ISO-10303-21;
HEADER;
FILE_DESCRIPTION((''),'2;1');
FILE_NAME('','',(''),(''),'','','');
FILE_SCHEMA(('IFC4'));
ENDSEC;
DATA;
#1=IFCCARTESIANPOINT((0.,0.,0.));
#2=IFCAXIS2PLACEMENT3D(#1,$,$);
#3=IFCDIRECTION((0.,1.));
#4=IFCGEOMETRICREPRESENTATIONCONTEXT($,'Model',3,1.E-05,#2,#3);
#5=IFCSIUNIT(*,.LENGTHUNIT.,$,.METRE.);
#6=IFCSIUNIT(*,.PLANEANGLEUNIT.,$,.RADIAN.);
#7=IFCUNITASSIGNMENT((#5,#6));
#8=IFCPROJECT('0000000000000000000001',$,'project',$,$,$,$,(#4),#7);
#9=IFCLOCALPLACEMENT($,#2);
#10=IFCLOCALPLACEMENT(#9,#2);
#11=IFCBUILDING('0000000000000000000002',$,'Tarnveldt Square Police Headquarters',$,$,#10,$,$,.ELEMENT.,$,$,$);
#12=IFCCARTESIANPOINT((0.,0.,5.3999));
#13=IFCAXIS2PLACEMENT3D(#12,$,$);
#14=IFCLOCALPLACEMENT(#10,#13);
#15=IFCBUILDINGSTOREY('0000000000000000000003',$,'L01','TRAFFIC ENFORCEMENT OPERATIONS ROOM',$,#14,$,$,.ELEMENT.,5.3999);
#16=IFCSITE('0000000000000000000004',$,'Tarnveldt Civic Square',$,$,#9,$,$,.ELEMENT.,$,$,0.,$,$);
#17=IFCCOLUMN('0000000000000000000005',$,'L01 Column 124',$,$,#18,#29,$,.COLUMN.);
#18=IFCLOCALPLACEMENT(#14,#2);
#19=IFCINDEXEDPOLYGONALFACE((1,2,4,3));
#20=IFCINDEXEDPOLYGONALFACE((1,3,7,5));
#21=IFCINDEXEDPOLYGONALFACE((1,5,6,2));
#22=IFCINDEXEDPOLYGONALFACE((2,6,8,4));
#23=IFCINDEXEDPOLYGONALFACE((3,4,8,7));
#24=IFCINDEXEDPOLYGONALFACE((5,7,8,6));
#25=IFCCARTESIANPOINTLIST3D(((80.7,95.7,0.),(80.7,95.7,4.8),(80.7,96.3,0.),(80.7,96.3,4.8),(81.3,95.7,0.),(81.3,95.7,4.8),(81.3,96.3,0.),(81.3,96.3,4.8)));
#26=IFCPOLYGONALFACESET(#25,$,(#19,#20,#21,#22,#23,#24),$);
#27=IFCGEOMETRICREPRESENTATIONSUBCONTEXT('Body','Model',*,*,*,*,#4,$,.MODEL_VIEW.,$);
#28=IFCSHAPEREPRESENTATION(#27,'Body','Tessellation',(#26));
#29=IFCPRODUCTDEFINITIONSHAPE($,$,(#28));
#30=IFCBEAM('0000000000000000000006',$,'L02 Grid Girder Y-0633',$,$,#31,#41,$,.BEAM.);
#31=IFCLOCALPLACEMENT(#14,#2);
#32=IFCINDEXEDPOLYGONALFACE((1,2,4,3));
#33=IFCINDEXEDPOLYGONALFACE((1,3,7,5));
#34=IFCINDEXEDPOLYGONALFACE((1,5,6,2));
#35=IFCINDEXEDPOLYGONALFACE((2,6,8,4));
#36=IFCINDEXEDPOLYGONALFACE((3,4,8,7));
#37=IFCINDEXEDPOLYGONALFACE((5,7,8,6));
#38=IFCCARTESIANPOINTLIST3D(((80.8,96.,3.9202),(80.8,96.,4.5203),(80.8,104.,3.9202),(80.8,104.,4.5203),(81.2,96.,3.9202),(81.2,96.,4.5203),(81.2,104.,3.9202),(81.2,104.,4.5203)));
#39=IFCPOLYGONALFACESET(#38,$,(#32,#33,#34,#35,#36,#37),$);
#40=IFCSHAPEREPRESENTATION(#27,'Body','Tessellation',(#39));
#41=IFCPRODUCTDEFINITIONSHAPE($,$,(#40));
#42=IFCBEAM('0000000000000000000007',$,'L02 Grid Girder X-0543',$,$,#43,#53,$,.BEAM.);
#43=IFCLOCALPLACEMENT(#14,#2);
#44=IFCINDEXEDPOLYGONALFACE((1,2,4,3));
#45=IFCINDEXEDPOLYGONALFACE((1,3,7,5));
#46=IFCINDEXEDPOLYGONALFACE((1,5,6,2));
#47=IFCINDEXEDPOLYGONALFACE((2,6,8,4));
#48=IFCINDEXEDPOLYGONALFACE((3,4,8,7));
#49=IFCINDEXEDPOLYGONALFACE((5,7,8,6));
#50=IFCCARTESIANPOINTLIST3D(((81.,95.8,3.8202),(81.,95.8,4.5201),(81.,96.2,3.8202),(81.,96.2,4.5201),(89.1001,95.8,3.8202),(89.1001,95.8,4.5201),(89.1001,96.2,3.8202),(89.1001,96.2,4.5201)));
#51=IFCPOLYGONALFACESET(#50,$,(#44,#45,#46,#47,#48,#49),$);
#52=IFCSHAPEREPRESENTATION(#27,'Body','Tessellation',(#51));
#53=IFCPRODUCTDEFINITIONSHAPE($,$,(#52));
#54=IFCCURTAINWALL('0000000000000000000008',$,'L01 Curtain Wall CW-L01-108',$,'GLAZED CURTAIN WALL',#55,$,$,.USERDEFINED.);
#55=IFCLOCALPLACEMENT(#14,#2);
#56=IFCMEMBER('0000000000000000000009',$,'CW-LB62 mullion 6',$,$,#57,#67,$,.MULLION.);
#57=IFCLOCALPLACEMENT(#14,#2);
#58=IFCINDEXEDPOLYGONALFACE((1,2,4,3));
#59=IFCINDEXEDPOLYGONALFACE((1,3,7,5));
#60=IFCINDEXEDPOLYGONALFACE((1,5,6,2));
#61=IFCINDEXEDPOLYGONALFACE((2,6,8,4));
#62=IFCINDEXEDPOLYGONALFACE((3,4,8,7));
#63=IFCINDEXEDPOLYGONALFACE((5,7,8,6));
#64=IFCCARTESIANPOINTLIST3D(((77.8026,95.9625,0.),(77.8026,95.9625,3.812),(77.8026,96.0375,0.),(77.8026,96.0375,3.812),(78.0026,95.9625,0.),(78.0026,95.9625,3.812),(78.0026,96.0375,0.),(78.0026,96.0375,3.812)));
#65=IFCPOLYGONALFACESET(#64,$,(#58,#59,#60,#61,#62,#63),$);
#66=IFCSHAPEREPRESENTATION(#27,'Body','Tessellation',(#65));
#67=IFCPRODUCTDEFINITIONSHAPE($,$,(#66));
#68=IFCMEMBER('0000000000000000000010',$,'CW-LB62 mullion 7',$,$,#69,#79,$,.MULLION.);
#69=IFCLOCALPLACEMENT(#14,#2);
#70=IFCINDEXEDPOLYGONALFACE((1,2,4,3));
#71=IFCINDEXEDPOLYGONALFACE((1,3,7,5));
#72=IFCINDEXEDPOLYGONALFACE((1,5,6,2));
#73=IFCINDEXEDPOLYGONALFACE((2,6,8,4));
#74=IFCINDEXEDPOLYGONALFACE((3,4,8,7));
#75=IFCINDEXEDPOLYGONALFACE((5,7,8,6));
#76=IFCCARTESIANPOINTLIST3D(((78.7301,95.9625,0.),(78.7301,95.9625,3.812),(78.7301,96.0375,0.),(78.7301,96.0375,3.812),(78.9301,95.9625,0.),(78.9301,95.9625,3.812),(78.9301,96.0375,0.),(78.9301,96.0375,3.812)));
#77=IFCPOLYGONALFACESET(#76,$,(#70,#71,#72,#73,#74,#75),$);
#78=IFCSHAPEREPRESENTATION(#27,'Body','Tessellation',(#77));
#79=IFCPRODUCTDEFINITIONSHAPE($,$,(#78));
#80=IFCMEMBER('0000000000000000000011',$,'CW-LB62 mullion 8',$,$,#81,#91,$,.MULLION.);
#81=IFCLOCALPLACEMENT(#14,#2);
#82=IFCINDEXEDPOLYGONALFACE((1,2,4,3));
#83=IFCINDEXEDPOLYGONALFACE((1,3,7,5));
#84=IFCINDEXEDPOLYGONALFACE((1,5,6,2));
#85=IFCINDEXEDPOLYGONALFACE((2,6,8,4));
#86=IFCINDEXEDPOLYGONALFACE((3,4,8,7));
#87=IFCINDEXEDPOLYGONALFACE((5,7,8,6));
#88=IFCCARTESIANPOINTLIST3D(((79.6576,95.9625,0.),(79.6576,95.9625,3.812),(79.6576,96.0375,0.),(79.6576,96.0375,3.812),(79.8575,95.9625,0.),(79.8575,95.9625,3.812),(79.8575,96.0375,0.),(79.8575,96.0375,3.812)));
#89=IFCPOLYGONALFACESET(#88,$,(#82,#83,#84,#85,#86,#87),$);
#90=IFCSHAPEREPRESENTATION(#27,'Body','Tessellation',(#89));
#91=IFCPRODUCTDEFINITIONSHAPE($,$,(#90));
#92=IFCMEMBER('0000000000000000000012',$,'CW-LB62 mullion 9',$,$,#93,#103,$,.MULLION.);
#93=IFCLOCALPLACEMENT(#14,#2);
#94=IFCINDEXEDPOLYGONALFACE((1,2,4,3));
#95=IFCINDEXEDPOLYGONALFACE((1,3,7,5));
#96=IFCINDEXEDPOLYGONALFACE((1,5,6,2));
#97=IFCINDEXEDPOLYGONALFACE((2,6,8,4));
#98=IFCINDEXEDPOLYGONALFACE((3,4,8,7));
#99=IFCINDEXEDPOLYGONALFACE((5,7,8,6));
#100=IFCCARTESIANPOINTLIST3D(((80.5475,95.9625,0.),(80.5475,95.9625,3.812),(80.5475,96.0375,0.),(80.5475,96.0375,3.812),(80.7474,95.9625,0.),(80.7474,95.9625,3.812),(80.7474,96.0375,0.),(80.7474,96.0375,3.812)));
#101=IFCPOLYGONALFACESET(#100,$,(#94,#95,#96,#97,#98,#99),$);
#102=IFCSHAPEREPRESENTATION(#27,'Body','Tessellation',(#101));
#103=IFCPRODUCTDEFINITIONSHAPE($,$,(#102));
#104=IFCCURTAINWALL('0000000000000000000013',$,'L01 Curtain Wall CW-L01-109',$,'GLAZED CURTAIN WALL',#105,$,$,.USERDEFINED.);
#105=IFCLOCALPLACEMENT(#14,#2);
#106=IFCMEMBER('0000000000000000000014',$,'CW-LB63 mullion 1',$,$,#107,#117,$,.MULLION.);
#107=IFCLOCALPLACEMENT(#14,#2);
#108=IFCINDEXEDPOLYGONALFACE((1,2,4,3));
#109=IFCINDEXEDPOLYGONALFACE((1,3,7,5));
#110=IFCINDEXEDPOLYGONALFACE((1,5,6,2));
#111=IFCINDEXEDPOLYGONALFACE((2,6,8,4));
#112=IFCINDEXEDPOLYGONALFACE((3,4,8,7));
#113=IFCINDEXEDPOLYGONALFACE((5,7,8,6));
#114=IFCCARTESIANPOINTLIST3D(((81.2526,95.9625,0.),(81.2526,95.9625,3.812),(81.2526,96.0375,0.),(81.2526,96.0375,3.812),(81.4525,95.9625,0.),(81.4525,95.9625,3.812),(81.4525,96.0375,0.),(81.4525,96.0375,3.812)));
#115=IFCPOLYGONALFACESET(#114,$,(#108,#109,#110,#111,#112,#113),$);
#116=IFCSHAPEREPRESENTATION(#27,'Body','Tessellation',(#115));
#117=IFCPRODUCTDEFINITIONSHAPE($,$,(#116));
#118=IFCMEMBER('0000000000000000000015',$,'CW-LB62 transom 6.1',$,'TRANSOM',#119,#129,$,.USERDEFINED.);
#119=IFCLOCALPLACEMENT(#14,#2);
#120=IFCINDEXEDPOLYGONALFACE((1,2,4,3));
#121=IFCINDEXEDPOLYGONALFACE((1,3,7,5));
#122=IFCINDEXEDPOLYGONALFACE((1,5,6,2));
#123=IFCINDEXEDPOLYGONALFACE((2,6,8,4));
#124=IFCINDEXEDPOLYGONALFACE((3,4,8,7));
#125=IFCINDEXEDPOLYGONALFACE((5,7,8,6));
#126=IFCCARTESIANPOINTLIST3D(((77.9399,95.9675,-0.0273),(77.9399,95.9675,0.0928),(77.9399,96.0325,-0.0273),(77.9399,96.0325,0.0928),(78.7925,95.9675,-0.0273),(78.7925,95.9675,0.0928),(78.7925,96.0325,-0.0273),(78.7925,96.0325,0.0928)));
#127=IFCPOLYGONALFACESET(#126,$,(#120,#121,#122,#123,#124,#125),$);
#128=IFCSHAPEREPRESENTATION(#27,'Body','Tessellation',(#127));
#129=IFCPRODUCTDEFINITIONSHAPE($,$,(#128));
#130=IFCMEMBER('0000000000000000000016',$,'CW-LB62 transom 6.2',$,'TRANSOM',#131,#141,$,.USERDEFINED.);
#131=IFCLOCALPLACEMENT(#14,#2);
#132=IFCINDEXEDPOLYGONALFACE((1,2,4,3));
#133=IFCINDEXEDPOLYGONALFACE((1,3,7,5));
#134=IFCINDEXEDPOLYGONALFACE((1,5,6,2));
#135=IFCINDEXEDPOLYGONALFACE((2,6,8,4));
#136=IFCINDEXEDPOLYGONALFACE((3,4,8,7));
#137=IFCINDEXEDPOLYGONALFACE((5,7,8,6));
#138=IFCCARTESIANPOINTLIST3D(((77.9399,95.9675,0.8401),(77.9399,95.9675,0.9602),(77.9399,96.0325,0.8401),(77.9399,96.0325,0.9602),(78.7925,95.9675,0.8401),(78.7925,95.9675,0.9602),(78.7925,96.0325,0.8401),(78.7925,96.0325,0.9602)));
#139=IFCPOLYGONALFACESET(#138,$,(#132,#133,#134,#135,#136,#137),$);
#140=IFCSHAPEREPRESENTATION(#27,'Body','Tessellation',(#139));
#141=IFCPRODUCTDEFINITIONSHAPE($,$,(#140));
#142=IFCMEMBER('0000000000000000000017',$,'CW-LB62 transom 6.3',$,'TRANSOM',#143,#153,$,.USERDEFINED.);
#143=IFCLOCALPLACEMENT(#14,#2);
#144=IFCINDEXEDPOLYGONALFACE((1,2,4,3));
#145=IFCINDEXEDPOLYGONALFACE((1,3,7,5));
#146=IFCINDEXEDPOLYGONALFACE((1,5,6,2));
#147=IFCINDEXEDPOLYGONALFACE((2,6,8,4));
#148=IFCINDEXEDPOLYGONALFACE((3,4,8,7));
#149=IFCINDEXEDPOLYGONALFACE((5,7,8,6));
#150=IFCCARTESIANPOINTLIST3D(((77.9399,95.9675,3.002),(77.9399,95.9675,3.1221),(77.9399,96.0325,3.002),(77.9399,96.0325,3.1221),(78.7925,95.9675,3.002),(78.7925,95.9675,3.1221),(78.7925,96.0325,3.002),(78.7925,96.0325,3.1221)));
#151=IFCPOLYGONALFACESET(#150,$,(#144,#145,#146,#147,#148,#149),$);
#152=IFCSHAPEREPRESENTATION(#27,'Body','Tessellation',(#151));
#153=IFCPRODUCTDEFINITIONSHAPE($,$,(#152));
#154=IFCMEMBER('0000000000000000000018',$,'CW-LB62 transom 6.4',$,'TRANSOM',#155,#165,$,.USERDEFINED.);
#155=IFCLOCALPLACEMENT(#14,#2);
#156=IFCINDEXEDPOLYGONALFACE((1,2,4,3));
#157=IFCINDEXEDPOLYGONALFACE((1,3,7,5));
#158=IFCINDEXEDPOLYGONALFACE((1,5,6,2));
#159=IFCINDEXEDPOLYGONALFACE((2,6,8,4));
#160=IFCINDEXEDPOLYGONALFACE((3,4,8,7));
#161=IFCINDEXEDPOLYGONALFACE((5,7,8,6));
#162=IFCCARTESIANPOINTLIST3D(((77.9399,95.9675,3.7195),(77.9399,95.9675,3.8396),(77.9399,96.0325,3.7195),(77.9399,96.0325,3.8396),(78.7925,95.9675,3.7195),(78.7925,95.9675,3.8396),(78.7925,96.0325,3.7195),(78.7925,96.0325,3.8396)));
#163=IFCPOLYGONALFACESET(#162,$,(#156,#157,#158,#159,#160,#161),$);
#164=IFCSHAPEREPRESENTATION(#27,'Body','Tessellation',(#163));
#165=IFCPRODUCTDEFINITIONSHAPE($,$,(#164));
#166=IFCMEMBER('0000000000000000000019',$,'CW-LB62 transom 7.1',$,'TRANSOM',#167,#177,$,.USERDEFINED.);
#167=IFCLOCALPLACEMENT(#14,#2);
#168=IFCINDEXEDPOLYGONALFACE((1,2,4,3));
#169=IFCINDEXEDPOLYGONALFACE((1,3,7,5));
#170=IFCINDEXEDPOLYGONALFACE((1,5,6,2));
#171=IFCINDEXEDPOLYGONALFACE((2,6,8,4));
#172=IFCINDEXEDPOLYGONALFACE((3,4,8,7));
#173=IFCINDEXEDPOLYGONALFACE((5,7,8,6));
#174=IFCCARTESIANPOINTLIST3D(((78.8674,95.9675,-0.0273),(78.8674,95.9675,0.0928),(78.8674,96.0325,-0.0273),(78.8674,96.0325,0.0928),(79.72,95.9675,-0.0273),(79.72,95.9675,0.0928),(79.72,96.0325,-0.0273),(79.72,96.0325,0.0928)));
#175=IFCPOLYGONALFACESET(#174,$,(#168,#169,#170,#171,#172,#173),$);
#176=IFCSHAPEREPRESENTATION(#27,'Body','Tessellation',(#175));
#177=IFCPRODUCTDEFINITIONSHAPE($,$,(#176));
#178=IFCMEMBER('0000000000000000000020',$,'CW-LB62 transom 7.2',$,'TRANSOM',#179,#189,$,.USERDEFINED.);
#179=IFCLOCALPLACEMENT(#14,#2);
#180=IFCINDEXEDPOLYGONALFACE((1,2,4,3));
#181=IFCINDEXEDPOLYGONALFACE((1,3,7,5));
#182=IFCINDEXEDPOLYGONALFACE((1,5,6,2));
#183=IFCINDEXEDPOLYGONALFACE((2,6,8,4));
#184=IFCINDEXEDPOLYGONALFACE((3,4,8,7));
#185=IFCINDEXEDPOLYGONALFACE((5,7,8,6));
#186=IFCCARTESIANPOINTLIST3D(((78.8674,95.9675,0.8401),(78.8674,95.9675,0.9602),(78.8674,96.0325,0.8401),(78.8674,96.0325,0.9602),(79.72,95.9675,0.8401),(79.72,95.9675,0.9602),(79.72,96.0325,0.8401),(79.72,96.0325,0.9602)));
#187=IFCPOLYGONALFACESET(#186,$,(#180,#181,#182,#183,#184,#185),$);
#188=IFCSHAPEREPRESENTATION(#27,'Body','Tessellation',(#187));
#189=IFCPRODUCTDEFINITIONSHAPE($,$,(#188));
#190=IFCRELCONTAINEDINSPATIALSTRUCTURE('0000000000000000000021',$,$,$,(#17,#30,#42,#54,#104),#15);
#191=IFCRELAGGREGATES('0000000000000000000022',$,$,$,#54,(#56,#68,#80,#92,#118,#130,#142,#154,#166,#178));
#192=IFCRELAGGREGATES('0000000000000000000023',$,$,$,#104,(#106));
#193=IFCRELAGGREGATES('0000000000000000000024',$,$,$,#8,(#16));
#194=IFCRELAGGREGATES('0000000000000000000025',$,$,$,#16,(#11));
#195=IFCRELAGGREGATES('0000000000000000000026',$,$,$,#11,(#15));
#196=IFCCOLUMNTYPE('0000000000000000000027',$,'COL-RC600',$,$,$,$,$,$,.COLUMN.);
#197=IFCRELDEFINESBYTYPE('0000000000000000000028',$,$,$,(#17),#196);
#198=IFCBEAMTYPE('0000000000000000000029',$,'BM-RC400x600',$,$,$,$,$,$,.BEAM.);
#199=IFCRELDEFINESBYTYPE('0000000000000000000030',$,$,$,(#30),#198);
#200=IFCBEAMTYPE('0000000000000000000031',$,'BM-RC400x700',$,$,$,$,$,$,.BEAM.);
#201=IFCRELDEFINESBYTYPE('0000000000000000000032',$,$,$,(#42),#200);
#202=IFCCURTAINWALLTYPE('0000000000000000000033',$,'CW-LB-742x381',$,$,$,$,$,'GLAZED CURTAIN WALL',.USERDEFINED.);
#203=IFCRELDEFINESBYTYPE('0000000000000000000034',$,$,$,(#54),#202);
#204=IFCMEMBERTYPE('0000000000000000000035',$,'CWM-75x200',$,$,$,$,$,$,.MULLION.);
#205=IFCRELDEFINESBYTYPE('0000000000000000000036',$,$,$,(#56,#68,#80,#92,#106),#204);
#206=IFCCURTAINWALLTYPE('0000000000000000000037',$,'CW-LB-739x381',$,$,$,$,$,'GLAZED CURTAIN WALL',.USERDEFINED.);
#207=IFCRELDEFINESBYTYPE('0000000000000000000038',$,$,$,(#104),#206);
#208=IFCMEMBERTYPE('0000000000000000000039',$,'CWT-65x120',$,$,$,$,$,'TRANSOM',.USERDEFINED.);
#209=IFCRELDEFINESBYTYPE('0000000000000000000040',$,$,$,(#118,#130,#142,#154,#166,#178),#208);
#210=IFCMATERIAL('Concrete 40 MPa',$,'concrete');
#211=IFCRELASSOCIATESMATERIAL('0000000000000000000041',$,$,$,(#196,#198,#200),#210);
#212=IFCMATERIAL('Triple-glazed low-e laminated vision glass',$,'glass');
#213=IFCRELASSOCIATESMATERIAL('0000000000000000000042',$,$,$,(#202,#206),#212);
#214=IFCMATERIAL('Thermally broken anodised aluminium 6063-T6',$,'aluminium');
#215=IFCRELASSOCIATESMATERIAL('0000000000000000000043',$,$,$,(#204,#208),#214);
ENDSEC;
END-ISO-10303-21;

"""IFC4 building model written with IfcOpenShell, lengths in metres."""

from ifc_helpers import new_model, si_unit, direction, frame, origin, origin_2d, place, context, subcontext, project, spatial, rectangle, extrude, material, material_profile, profile_set, type_object, element, aggregate, save


model = new_model("IFC4")

# Units and contexts
model_context = context("Model", 3, precision=1e-05, world=origin(), true_north=direction((0.0, 1.0)))
body_context = subcontext(model_context, "Body", "Model", "MODEL_VIEW")
ifc_project = project(units=[si_unit("LENGTHUNIT", "METRE"), si_unit("PLANEANGLEUNIT", "RADIAN")], contexts=[model_context])

# Site, building, storey
site_placement = place(None, origin())
site = spatial("IfcSite", under=ifc_project, at=site_placement, Name="Tarnveldt Civic Square", CompositionType="ELEMENT", RefElevation=0.0)
building_placement = place(site_placement, origin())
building = spatial("IfcBuilding", under=site, at=building_placement, Name="Tarnveldt Square Police Headquarters", CompositionType="ELEMENT")
storey_placement = place(building_placement, frame((0.0, 0.0, 5.3999)))
storey = spatial("IfcBuildingStorey", under=building, at=storey_placement, Name="L01", Description="TRAFFIC ENFORCEMENT OPERATIONS ROOM", CompositionType="ELEMENT", Elevation=5.3999)

# Column
ifc_material_1 = material(Name="Concrete 40 MPa", Category="concrete")
ifc_material_profile_1 = material_profile(ifc_material_1, rectangle(XDim=0.6001, YDim=0.6001, at=origin_2d()), Name="RC-C600x600")
ifc_profile_set_1 = profile_set([ifc_material_profile_1], Name="Concrete 40 MPa")
column_type = type_object("IfcColumnType", Name="COL-RC600", PredefinedType="COLUMN", material=ifc_profile_set_1)
column_placement = place(storey_placement, frame((81.0, 96.0, 0.0), z_axis=(0.0, 0.0, 1.0), x_axis=(1.0, 0.0, 0.0)))
element("IfcColumn", 1, at=column_placement, inside=storey, type_object=column_type, Name="L01 Column 124", PredefinedType="COLUMN", context=body_context, shape_type="SweptSolid", body=[
    extrude(rectangle(XDim=0.6001, YDim=0.6001, at=origin_2d()), origin(), (0.0, 0.0, 1.0), 4.8),
])

# Beams
ifc_material_profile_2 = material_profile(ifc_material_1, rectangle(XDim=0.3999, YDim=0.6001, at=origin_2d()), Name="RC-B400x600")
ifc_profile_set_2 = profile_set([ifc_material_profile_2], Name="Concrete 40 MPa")
beam_type_1 = type_object("IfcBeamType", Name="BM-RC400x600", PredefinedType="BEAM", material=ifc_profile_set_2)
beam_1_placement = place(storey_placement, frame((81.0, 96.0, 4.2202), z_axis=(0.0, 1.0, 0.0), x_axis=(-1.0, 0.0, 0.0)))
element("IfcBeam", 2, at=beam_1_placement, inside=storey, type_object=beam_type_1, Name="L02 Grid Girder Y-0633", PredefinedType="BEAM", context=body_context, shape_type="SweptSolid", body=[
    extrude(rectangle(XDim=0.3999, YDim=0.6001, at=origin_2d()), origin(), (0.0, 0.0, 1.0), 8.0),
])
ifc_material_profile_3 = material_profile(ifc_material_1, rectangle(XDim=0.3999, YDim=0.7, at=origin_2d()), Name="RC-B400x700")
ifc_profile_set_3 = profile_set([ifc_material_profile_3], Name="Concrete 40 MPa")
beam_type_2 = type_object("IfcBeamType", Name="BM-RC400x700", PredefinedType="BEAM", material=ifc_profile_set_3)
beam_2_placement = place(storey_placement, frame((81.0, 96.0, 4.1702), z_axis=(1.0, 0.0, 0.0), x_axis=(0.0, 1.0, 0.0)))
element("IfcBeam", 3, at=beam_2_placement, inside=storey, type_object=beam_type_2, Name="L02 Grid Girder X-0543", PredefinedType="BEAM", context=body_context, shape_type="SweptSolid", body=[
    extrude(rectangle(XDim=0.3999, YDim=0.7, at=origin_2d()), origin(), (0.0, 0.0, 1.0), 8.1001),
])

# Curtain wall, members
ifc_material_2 = material(Name="Triple-glazed low-e laminated vision glass", Category="glass")
curtain_wall_type_1 = type_object("IfcCurtainWallType", Name="CW-LB-742x381", ElementType="GLAZED CURTAIN WALL", PredefinedType="USERDEFINED", material=ifc_material_2)
curtain_wall_1_placement = place(storey_placement, origin())
curtain_wall_1 = element("IfcCurtainWall", 4, at=curtain_wall_1_placement, inside=storey, type_object=curtain_wall_type_1, Name="L01 Curtain Wall CW-L01-108", ObjectType="GLAZED CURTAIN WALL", PredefinedType="USERDEFINED")
ifc_material_3 = material(Name="Thermally broken anodised aluminium 6063-T6", Category="aluminium")
ifc_material_profile_4 = material_profile(ifc_material_3, rectangle(XDim=0.075, YDim=0.2, at=origin_2d()), Name="CW-M75x200")
ifc_profile_set_4 = profile_set([ifc_material_profile_4], Name="Thermally broken anodised aluminium 6063-T6")
member_type_1 = type_object("IfcMemberType", Name="CWM-75x200", PredefinedType="MULLION", material=ifc_profile_set_4)
member_1_placement = place(storey_placement, frame((77.9026, 96.0, 0.0), z_axis=(0.0, 0.0, 1.0), x_axis=(0.0, 1.0, 0.0)))
member_1 = element("IfcMember", 5, at=member_1_placement, type_object=member_type_1, Name="CW-LB62 mullion 6", PredefinedType="MULLION", context=body_context, shape_type="SweptSolid", body=[
    extrude(rectangle(XDim=0.075, YDim=0.2, at=origin_2d()), origin(), (0.0, 0.0, 1.0), 3.812),
])
member_2_placement = place(storey_placement, frame((78.8301, 96.0, 0.0), z_axis=(0.0, 0.0, 1.0), x_axis=(0.0, 1.0, 0.0)))
member_2 = element("IfcMember", 6, at=member_2_placement, type_object=member_type_1, Name="CW-LB62 mullion 7", PredefinedType="MULLION", context=body_context, shape_type="SweptSolid", body=[
    extrude(rectangle(XDim=0.075, YDim=0.2, at=origin_2d()), origin(), (0.0, 0.0, 1.0), 3.812),
])
member_3_placement = place(storey_placement, frame((79.7576, 96.0, 0.0), z_axis=(0.0, 0.0, 1.0), x_axis=(0.0, 1.0, 0.0)))
member_3 = element("IfcMember", 7, at=member_3_placement, type_object=member_type_1, Name="CW-LB62 mullion 8", PredefinedType="MULLION", context=body_context, shape_type="SweptSolid", body=[
    extrude(rectangle(XDim=0.075, YDim=0.2, at=origin_2d()), origin(), (0.0, 0.0, 1.0), 3.812),
])
member_4_placement = place(storey_placement, frame((80.6475, 96.0, 0.0), z_axis=(0.0, 0.0, 1.0), x_axis=(0.0, 1.0, 0.0)))
member_4 = element("IfcMember", 8, at=member_4_placement, type_object=member_type_1, Name="CW-LB62 mullion 9", PredefinedType="MULLION", context=body_context, shape_type="SweptSolid", body=[
    extrude(rectangle(XDim=0.075, YDim=0.2, at=origin_2d()), origin(), (0.0, 0.0, 1.0), 3.812),
])

# Curtain wall, member
curtain_wall_type_2 = type_object("IfcCurtainWallType", Name="CW-LB-739x381", ElementType="GLAZED CURTAIN WALL", PredefinedType="USERDEFINED", material=ifc_material_2)
curtain_wall_2_placement = place(storey_placement, origin())
curtain_wall_2 = element("IfcCurtainWall", 9, at=curtain_wall_2_placement, inside=storey, type_object=curtain_wall_type_2, Name="L01 Curtain Wall CW-L01-109", ObjectType="GLAZED CURTAIN WALL", PredefinedType="USERDEFINED")
member_5_placement = place(storey_placement, frame((81.3525, 96.0, 0.0), z_axis=(0.0, 0.0, 1.0), x_axis=(0.0, 1.0, 0.0)))
member_5 = element("IfcMember", 10, at=member_5_placement, type_object=member_type_1, Name="CW-LB63 mullion 1", PredefinedType="MULLION", context=body_context, shape_type="SweptSolid", body=[
    extrude(rectangle(XDim=0.075, YDim=0.2, at=origin_2d()), origin(), (0.0, 0.0, 1.0), 3.812),
])

# Members
ifc_material_profile_5 = material_profile(ifc_material_3, rectangle(XDim=0.0649, YDim=0.1201, at=origin_2d()), Name="CW-T65x120")
ifc_profile_set_5 = profile_set([ifc_material_profile_5], Name="Thermally broken anodised aluminium 6063-T6")
member_type_2 = type_object("IfcMemberType", Name="CWT-65x120", ElementType="TRANSOM", PredefinedType="USERDEFINED", material=ifc_profile_set_5)
member_6_placement = place(storey_placement, frame((77.9399, 96.0, 0.0327), z_axis=(1.0, 0.0, 0.0), x_axis=(0.0, 1.0, 0.0)))
member_6 = element("IfcMember", 11, at=member_6_placement, type_object=member_type_2, Name="CW-LB62 transom 6.1", ObjectType="TRANSOM", PredefinedType="USERDEFINED", context=body_context, shape_type="SweptSolid", body=[
    extrude(rectangle(XDim=0.0649, YDim=0.1201, at=origin_2d()), origin(), (0.0, 0.0, 1.0), 0.8525),
])
member_7_placement = place(storey_placement, frame((77.9399, 96.0, 0.9001), z_axis=(1.0, 0.0, 0.0), x_axis=(0.0, 1.0, 0.0)))
member_7 = element("IfcMember", 12, at=member_7_placement, type_object=member_type_2, Name="CW-LB62 transom 6.2", ObjectType="TRANSOM", PredefinedType="USERDEFINED", context=body_context, shape_type="SweptSolid", body=[
    extrude(rectangle(XDim=0.0649, YDim=0.1201, at=origin_2d()), origin(), (0.0, 0.0, 1.0), 0.8525),
])
member_8_placement = place(storey_placement, frame((77.9399, 96.0, 3.062), z_axis=(1.0, 0.0, 0.0), x_axis=(0.0, 1.0, 0.0)))
member_8 = element("IfcMember", 13, at=member_8_placement, type_object=member_type_2, Name="CW-LB62 transom 6.3", ObjectType="TRANSOM", PredefinedType="USERDEFINED", context=body_context, shape_type="SweptSolid", body=[
    extrude(rectangle(XDim=0.0649, YDim=0.1201, at=origin_2d()), origin(), (0.0, 0.0, 1.0), 0.8525),
])
member_9_placement = place(storey_placement, frame((77.9399, 96.0, 3.7795), z_axis=(1.0, 0.0, 0.0), x_axis=(0.0, 1.0, 0.0)))
member_9 = element("IfcMember", 14, at=member_9_placement, type_object=member_type_2, Name="CW-LB62 transom 6.4", ObjectType="TRANSOM", PredefinedType="USERDEFINED", context=body_context, shape_type="SweptSolid", body=[
    extrude(rectangle(XDim=0.0649, YDim=0.1201, at=origin_2d()), origin(), (0.0, 0.0, 1.0), 0.8525),
])
member_10_placement = place(storey_placement, frame((78.8674, 96.0, 0.0327), z_axis=(1.0, 0.0, 0.0), x_axis=(0.0, 1.0, 0.0)))
member_10 = element("IfcMember", 15, at=member_10_placement, type_object=member_type_2, Name="CW-LB62 transom 7.1", ObjectType="TRANSOM", PredefinedType="USERDEFINED", context=body_context, shape_type="SweptSolid", body=[
    extrude(rectangle(XDim=0.0649, YDim=0.1201, at=origin_2d()), origin(), (0.0, 0.0, 1.0), 0.8525),
])
member_11_placement = place(storey_placement, frame((78.8674, 96.0, 0.9001), z_axis=(1.0, 0.0, 0.0), x_axis=(0.0, 1.0, 0.0)))
member_11 = element("IfcMember", 16, at=member_11_placement, type_object=member_type_2, Name="CW-LB62 transom 7.2", ObjectType="TRANSOM", PredefinedType="USERDEFINED", context=body_context, shape_type="SweptSolid", body=[
    extrude(rectangle(XDim=0.0649, YDim=0.1201, at=origin_2d()), origin(), (0.0, 0.0, 1.0), 0.8525),
])

aggregate(curtain_wall_1, [member_1, member_2, member_3, member_4, member_6, member_7, member_8, member_9, member_10, member_11])
aggregate(curtain_wall_2, [member_5])

save(model, "model.ifc")
